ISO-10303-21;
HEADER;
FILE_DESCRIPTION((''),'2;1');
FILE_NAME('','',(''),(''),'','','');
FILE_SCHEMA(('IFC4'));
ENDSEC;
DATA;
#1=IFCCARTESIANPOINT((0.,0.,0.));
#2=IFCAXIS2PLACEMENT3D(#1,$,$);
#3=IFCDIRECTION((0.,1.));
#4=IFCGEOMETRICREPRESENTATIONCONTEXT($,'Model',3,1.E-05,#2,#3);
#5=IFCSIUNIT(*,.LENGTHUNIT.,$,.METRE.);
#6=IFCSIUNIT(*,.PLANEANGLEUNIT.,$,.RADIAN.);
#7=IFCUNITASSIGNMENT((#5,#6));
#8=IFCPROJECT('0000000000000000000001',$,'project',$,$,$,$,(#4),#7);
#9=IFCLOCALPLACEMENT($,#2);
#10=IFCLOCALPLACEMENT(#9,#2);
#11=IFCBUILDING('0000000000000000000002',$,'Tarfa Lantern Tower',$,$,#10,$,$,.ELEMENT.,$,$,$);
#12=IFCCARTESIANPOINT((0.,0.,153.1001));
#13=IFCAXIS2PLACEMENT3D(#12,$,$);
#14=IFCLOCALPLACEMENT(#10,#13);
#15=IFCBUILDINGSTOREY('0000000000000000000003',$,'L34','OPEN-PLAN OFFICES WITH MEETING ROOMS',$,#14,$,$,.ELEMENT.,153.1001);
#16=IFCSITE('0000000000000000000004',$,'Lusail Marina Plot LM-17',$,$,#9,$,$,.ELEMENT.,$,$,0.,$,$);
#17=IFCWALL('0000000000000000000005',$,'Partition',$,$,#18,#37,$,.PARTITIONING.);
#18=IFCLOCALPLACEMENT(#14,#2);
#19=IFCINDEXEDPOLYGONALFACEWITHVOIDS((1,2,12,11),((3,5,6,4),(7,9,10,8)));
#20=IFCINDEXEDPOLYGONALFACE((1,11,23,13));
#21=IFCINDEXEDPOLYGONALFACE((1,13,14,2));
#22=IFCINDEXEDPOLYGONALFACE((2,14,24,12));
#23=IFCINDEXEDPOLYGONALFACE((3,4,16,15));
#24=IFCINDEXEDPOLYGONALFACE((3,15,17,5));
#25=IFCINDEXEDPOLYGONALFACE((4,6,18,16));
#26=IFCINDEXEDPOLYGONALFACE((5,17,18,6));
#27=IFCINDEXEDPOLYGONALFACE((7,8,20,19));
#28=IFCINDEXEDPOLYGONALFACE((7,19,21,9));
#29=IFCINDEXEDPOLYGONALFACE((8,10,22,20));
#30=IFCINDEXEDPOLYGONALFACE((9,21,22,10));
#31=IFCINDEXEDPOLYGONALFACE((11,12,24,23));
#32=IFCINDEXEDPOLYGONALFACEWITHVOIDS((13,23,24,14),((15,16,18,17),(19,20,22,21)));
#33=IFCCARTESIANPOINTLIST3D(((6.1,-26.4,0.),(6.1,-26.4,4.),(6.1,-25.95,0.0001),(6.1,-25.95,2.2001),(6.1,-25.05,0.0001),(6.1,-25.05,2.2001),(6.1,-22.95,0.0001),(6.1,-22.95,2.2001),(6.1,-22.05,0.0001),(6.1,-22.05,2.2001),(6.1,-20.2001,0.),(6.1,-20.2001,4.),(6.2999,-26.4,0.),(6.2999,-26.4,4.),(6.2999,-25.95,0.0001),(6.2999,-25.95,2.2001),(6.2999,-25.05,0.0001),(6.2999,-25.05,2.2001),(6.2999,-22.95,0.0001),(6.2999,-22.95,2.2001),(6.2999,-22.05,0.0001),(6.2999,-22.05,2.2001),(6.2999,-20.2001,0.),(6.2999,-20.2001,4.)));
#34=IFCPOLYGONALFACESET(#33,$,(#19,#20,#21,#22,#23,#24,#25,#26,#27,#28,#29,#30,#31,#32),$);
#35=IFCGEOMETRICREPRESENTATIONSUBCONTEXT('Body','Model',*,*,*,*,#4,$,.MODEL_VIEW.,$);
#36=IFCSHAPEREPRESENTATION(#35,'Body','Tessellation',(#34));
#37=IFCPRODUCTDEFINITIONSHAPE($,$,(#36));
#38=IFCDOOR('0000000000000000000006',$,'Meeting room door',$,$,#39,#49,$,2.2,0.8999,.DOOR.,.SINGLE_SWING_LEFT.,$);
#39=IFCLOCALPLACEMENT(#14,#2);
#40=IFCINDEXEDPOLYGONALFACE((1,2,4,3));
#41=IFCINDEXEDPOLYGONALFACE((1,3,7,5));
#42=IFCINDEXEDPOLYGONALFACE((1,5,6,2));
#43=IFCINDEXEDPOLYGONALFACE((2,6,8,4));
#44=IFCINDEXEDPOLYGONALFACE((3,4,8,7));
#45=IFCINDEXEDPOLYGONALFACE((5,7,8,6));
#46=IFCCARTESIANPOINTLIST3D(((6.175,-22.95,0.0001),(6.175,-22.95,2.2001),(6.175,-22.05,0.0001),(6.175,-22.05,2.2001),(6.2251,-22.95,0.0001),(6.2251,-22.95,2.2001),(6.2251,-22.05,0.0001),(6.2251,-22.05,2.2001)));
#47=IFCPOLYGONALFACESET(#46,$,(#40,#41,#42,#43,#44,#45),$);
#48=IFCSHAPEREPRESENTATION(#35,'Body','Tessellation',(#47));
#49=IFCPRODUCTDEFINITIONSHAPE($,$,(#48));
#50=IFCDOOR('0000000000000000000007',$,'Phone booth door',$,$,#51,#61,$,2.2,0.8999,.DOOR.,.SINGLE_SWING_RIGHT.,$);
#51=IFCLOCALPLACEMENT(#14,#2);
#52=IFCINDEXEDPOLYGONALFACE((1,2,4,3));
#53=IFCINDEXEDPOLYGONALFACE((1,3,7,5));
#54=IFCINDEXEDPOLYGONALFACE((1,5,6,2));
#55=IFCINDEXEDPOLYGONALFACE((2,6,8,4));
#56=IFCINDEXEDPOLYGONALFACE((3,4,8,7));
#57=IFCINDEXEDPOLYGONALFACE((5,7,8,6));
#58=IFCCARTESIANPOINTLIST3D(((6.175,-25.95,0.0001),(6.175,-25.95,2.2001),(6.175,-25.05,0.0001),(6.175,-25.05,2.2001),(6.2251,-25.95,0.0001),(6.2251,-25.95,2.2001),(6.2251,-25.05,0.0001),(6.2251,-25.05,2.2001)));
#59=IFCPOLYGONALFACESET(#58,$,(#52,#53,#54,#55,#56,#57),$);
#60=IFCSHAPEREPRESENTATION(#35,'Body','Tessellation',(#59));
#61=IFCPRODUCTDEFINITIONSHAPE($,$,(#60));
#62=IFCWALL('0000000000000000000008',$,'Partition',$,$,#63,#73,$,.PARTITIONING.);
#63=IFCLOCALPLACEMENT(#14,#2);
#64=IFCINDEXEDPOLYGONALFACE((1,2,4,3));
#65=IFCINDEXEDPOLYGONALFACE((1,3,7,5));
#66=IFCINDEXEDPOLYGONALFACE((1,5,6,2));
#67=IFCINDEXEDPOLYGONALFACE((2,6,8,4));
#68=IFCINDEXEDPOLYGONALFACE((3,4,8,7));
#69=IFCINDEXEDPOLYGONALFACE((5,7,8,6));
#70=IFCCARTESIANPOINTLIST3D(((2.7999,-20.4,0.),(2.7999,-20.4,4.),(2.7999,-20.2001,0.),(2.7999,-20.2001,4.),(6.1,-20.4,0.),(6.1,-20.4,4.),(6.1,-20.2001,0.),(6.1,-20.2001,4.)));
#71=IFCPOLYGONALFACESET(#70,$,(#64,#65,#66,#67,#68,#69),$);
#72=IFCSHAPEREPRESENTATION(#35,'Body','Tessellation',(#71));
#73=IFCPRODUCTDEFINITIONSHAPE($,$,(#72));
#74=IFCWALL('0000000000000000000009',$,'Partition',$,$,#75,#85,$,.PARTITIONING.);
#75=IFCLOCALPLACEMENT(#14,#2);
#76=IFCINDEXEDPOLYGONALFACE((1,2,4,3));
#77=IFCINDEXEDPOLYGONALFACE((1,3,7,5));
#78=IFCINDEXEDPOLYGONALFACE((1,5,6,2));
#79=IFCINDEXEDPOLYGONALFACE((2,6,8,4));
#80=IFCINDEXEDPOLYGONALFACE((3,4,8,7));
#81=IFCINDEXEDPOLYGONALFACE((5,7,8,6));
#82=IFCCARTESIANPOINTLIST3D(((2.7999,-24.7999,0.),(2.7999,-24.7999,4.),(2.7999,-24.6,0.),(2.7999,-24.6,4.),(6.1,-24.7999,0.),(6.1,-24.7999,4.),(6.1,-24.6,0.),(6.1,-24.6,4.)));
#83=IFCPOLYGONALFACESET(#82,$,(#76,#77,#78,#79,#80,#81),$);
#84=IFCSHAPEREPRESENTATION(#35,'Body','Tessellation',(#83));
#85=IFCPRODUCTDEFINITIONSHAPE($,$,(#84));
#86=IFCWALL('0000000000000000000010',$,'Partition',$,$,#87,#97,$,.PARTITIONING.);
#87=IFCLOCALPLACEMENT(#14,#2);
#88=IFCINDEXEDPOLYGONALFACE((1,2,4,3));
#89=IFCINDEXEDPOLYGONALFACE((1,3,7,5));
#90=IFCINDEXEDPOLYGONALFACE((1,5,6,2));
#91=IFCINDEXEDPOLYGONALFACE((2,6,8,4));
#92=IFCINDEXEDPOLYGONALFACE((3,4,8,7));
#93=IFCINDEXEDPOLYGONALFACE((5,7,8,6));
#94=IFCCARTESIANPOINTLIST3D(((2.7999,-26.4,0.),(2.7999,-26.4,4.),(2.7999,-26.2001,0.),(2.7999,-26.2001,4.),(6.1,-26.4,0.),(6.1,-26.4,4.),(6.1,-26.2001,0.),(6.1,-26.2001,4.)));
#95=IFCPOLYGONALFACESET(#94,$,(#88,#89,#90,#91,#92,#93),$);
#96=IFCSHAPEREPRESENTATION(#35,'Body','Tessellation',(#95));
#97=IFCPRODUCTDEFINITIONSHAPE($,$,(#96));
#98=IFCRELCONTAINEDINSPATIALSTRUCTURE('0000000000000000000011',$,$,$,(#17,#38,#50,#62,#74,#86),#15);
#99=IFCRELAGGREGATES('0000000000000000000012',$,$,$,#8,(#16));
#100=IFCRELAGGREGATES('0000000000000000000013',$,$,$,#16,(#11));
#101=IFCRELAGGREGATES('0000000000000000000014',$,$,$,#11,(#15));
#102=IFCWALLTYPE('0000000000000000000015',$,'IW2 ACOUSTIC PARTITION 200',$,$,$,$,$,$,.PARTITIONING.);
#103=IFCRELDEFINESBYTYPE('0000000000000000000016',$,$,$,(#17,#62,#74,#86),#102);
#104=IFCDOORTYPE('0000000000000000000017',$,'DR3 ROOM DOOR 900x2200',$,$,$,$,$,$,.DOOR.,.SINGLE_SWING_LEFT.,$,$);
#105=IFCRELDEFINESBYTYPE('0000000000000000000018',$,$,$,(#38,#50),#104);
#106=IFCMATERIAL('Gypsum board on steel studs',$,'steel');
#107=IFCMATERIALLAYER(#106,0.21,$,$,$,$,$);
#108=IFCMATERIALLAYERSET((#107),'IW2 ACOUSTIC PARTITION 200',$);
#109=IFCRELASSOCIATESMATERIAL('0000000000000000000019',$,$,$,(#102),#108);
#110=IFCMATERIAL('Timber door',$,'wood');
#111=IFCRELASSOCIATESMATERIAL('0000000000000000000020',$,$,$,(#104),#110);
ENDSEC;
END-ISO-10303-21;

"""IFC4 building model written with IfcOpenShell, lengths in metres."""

from ifc_helpers import new_model, si_unit, direction, frame, frame_2d, origin, place, context, subcontext, project, spatial, rectangle, extrude, material, layer, layer_set, type_object, element, fill, save


model = new_model("IFC4")

# Units and contexts
model_context = context("Model", 3, precision=1e-05, world=origin(), true_north=direction((0.0, 1.0)))
body_context = subcontext(model_context, "Body", "Model", "MODEL_VIEW")
ifc_project = project(units=[si_unit("LENGTHUNIT", "METRE"), si_unit("PLANEANGLEUNIT", "RADIAN")], contexts=[model_context])

# Site, building, storey
site_placement = place(None, origin())
site = spatial("IfcSite", under=ifc_project, at=site_placement, Name="Lusail Marina Plot LM-17", CompositionType="ELEMENT", RefElevation=0.0)
building_placement = place(site_placement, origin())
building = spatial("IfcBuilding", under=site, at=building_placement, Name="Tarfa Lantern Tower", CompositionType="ELEMENT")
storey_placement = place(building_placement, frame((0.0, 0.0, 153.1001)))
storey = spatial("IfcBuildingStorey", under=building, at=storey_placement, Name="L34", Description="OPEN-PLAN OFFICES WITH MEETING ROOMS", CompositionType="ELEMENT", Elevation=153.1001)

# Wall, openings, doors
ifc_material_1 = material(Name="Gypsum board on steel studs", Category="steel")
ifc_layer_1 = layer(ifc_material_1, 0.21)
ifc_layer_set_1 = layer_set([ifc_layer_1], Name="IW2 ACOUSTIC PARTITION 200")
wall_type_1 = type_object("IfcWallType", Name="IW2 ACOUSTIC PARTITION 200", PredefinedType="PARTITIONING", material=ifc_layer_set_1)
wall_1_placement = place(storey_placement, frame((6.2, -20.2, 0.0), z_axis=(0.0, 0.0, 1.0), x_axis=(0.0, -1.0, 0.0)))
wall_1 = element("IfcWall", 1, at=wall_1_placement, inside=storey, type_object=wall_type_1, Name="Partition", PredefinedType="PARTITIONING", context=body_context, shape_type="SweptSolid", body=[
    extrude(rectangle(XDim=6.2, YDim=0.2, at=frame_2d((3.1001, 0.0))), origin(), (0.0, 0.0, 1.0), 4.0),
])
opening_1_placement = place(wall_1_placement, frame((1.8501, 0.0, 0.0)))
opening_1 = element("IfcOpeningElement", 2, at=opening_1_placement, cuts=wall_1, PredefinedType="OPENING", context=body_context, shape_type="SweptSolid", body=[
    extrude(rectangle(XDim=0.8999, YDim=2.2, at=frame_2d((0.45, 1.1001))), frame((0.0, 0.1099, 0.0), z_axis=(0.0, -1.0, 0.0), x_axis=(1.0, 0.0, 0.0)), (0.0, 0.0, 1.0), 0.22),
])
opening_2_placement = place(wall_1_placement, frame((4.8501, 0.0, 0.0)))
opening_2 = element("IfcOpeningElement", 3, at=opening_2_placement, cuts=wall_1, PredefinedType="OPENING", context=body_context, shape_type="SweptSolid", body=[
    extrude(rectangle(XDim=0.8999, YDim=2.2, at=frame_2d((0.45, 1.1001))), frame((0.0, 0.1099, 0.0), z_axis=(0.0, -1.0, 0.0), x_axis=(1.0, 0.0, 0.0)), (0.0, 0.0, 1.0), 0.22),
])
ifc_material_2 = material(Name="Timber door", Category="wood")
door_type = type_object("IfcDoorType", Name="DR3 ROOM DOOR 900x2200", OperationType="SINGLE_SWING_LEFT", PredefinedType="DOOR", material=ifc_material_2)
door_1_placement = place(opening_1_placement, frame((0.8999, 0.0, 0.0), z_axis=(0.0, 0.0, 1.0), x_axis=(-1.0, 0.0, 0.0)))
door_1 = element("IfcDoor", 4, at=door_1_placement, inside=storey, type_object=door_type, Name="Meeting room door", OperationType="SINGLE_SWING_LEFT", OverallHeight=2.2, OverallWidth=0.8999, PredefinedType="DOOR", context=body_context, shape_type="SweptSolid", body=[
    extrude(rectangle(XDim=0.8999, YDim=2.2, at=frame_2d((0.45, 1.1001))), frame((0.0, 0.0249, 0.0), z_axis=(0.0, -1.0, 0.0), x_axis=(1.0, 0.0, 0.0)), (0.0, 0.0, 1.0), 0.05),
])
fill(opening_1, door_1)
door_2_placement = place(opening_2_placement, frame((0.8999, 0.0, 0.0), z_axis=(0.0, 0.0, 1.0), x_axis=(-1.0, 0.0, 0.0)))
door_2 = element("IfcDoor", 5, at=door_2_placement, inside=storey, type_object=door_type, Name="Phone booth door", OperationType="SINGLE_SWING_RIGHT", OverallHeight=2.2, OverallWidth=0.8999, PredefinedType="DOOR", context=body_context, shape_type="SweptSolid", body=[
    extrude(rectangle(XDim=0.8999, YDim=2.2, at=frame_2d((0.45, 1.1001))), frame((0.0, 0.0249, 0.0), z_axis=(0.0, -1.0, 0.0), x_axis=(1.0, 0.0, 0.0)), (0.0, 0.0, 1.0), 0.05),
])
fill(opening_2, door_2)

# Walls
for number, where, z_axis, x_axis, name in (
    (6, (2.8, -20.3, 0.0), (0.0, 0.0, 1.0), (1.0, 0.0, 0.0), "Partition"),
    (7, (2.8, -24.7, 0.0), (0.0, 0.0, 1.0), (1.0, 0.0, 0.0), "Partition"),
    (8, (2.8, -26.3, 0.0), (0.0, 0.0, 1.0), (1.0, 0.0, 0.0), "Partition"),
):
    element("IfcWall", number, at=place(storey_placement, frame(where, z_axis=z_axis, x_axis=x_axis)), inside=storey, type_object=wall_type_1, Name=name, PredefinedType="PARTITIONING", context=body_context, shape_type="SweptSolid", body=[
        extrude(rectangle(XDim=3.3, YDim=0.2, at=frame_2d((1.6499, 0.0))), origin(), (0.0, 0.0, 1.0), 4.0),
    ])

save(model, "model.ifc")
